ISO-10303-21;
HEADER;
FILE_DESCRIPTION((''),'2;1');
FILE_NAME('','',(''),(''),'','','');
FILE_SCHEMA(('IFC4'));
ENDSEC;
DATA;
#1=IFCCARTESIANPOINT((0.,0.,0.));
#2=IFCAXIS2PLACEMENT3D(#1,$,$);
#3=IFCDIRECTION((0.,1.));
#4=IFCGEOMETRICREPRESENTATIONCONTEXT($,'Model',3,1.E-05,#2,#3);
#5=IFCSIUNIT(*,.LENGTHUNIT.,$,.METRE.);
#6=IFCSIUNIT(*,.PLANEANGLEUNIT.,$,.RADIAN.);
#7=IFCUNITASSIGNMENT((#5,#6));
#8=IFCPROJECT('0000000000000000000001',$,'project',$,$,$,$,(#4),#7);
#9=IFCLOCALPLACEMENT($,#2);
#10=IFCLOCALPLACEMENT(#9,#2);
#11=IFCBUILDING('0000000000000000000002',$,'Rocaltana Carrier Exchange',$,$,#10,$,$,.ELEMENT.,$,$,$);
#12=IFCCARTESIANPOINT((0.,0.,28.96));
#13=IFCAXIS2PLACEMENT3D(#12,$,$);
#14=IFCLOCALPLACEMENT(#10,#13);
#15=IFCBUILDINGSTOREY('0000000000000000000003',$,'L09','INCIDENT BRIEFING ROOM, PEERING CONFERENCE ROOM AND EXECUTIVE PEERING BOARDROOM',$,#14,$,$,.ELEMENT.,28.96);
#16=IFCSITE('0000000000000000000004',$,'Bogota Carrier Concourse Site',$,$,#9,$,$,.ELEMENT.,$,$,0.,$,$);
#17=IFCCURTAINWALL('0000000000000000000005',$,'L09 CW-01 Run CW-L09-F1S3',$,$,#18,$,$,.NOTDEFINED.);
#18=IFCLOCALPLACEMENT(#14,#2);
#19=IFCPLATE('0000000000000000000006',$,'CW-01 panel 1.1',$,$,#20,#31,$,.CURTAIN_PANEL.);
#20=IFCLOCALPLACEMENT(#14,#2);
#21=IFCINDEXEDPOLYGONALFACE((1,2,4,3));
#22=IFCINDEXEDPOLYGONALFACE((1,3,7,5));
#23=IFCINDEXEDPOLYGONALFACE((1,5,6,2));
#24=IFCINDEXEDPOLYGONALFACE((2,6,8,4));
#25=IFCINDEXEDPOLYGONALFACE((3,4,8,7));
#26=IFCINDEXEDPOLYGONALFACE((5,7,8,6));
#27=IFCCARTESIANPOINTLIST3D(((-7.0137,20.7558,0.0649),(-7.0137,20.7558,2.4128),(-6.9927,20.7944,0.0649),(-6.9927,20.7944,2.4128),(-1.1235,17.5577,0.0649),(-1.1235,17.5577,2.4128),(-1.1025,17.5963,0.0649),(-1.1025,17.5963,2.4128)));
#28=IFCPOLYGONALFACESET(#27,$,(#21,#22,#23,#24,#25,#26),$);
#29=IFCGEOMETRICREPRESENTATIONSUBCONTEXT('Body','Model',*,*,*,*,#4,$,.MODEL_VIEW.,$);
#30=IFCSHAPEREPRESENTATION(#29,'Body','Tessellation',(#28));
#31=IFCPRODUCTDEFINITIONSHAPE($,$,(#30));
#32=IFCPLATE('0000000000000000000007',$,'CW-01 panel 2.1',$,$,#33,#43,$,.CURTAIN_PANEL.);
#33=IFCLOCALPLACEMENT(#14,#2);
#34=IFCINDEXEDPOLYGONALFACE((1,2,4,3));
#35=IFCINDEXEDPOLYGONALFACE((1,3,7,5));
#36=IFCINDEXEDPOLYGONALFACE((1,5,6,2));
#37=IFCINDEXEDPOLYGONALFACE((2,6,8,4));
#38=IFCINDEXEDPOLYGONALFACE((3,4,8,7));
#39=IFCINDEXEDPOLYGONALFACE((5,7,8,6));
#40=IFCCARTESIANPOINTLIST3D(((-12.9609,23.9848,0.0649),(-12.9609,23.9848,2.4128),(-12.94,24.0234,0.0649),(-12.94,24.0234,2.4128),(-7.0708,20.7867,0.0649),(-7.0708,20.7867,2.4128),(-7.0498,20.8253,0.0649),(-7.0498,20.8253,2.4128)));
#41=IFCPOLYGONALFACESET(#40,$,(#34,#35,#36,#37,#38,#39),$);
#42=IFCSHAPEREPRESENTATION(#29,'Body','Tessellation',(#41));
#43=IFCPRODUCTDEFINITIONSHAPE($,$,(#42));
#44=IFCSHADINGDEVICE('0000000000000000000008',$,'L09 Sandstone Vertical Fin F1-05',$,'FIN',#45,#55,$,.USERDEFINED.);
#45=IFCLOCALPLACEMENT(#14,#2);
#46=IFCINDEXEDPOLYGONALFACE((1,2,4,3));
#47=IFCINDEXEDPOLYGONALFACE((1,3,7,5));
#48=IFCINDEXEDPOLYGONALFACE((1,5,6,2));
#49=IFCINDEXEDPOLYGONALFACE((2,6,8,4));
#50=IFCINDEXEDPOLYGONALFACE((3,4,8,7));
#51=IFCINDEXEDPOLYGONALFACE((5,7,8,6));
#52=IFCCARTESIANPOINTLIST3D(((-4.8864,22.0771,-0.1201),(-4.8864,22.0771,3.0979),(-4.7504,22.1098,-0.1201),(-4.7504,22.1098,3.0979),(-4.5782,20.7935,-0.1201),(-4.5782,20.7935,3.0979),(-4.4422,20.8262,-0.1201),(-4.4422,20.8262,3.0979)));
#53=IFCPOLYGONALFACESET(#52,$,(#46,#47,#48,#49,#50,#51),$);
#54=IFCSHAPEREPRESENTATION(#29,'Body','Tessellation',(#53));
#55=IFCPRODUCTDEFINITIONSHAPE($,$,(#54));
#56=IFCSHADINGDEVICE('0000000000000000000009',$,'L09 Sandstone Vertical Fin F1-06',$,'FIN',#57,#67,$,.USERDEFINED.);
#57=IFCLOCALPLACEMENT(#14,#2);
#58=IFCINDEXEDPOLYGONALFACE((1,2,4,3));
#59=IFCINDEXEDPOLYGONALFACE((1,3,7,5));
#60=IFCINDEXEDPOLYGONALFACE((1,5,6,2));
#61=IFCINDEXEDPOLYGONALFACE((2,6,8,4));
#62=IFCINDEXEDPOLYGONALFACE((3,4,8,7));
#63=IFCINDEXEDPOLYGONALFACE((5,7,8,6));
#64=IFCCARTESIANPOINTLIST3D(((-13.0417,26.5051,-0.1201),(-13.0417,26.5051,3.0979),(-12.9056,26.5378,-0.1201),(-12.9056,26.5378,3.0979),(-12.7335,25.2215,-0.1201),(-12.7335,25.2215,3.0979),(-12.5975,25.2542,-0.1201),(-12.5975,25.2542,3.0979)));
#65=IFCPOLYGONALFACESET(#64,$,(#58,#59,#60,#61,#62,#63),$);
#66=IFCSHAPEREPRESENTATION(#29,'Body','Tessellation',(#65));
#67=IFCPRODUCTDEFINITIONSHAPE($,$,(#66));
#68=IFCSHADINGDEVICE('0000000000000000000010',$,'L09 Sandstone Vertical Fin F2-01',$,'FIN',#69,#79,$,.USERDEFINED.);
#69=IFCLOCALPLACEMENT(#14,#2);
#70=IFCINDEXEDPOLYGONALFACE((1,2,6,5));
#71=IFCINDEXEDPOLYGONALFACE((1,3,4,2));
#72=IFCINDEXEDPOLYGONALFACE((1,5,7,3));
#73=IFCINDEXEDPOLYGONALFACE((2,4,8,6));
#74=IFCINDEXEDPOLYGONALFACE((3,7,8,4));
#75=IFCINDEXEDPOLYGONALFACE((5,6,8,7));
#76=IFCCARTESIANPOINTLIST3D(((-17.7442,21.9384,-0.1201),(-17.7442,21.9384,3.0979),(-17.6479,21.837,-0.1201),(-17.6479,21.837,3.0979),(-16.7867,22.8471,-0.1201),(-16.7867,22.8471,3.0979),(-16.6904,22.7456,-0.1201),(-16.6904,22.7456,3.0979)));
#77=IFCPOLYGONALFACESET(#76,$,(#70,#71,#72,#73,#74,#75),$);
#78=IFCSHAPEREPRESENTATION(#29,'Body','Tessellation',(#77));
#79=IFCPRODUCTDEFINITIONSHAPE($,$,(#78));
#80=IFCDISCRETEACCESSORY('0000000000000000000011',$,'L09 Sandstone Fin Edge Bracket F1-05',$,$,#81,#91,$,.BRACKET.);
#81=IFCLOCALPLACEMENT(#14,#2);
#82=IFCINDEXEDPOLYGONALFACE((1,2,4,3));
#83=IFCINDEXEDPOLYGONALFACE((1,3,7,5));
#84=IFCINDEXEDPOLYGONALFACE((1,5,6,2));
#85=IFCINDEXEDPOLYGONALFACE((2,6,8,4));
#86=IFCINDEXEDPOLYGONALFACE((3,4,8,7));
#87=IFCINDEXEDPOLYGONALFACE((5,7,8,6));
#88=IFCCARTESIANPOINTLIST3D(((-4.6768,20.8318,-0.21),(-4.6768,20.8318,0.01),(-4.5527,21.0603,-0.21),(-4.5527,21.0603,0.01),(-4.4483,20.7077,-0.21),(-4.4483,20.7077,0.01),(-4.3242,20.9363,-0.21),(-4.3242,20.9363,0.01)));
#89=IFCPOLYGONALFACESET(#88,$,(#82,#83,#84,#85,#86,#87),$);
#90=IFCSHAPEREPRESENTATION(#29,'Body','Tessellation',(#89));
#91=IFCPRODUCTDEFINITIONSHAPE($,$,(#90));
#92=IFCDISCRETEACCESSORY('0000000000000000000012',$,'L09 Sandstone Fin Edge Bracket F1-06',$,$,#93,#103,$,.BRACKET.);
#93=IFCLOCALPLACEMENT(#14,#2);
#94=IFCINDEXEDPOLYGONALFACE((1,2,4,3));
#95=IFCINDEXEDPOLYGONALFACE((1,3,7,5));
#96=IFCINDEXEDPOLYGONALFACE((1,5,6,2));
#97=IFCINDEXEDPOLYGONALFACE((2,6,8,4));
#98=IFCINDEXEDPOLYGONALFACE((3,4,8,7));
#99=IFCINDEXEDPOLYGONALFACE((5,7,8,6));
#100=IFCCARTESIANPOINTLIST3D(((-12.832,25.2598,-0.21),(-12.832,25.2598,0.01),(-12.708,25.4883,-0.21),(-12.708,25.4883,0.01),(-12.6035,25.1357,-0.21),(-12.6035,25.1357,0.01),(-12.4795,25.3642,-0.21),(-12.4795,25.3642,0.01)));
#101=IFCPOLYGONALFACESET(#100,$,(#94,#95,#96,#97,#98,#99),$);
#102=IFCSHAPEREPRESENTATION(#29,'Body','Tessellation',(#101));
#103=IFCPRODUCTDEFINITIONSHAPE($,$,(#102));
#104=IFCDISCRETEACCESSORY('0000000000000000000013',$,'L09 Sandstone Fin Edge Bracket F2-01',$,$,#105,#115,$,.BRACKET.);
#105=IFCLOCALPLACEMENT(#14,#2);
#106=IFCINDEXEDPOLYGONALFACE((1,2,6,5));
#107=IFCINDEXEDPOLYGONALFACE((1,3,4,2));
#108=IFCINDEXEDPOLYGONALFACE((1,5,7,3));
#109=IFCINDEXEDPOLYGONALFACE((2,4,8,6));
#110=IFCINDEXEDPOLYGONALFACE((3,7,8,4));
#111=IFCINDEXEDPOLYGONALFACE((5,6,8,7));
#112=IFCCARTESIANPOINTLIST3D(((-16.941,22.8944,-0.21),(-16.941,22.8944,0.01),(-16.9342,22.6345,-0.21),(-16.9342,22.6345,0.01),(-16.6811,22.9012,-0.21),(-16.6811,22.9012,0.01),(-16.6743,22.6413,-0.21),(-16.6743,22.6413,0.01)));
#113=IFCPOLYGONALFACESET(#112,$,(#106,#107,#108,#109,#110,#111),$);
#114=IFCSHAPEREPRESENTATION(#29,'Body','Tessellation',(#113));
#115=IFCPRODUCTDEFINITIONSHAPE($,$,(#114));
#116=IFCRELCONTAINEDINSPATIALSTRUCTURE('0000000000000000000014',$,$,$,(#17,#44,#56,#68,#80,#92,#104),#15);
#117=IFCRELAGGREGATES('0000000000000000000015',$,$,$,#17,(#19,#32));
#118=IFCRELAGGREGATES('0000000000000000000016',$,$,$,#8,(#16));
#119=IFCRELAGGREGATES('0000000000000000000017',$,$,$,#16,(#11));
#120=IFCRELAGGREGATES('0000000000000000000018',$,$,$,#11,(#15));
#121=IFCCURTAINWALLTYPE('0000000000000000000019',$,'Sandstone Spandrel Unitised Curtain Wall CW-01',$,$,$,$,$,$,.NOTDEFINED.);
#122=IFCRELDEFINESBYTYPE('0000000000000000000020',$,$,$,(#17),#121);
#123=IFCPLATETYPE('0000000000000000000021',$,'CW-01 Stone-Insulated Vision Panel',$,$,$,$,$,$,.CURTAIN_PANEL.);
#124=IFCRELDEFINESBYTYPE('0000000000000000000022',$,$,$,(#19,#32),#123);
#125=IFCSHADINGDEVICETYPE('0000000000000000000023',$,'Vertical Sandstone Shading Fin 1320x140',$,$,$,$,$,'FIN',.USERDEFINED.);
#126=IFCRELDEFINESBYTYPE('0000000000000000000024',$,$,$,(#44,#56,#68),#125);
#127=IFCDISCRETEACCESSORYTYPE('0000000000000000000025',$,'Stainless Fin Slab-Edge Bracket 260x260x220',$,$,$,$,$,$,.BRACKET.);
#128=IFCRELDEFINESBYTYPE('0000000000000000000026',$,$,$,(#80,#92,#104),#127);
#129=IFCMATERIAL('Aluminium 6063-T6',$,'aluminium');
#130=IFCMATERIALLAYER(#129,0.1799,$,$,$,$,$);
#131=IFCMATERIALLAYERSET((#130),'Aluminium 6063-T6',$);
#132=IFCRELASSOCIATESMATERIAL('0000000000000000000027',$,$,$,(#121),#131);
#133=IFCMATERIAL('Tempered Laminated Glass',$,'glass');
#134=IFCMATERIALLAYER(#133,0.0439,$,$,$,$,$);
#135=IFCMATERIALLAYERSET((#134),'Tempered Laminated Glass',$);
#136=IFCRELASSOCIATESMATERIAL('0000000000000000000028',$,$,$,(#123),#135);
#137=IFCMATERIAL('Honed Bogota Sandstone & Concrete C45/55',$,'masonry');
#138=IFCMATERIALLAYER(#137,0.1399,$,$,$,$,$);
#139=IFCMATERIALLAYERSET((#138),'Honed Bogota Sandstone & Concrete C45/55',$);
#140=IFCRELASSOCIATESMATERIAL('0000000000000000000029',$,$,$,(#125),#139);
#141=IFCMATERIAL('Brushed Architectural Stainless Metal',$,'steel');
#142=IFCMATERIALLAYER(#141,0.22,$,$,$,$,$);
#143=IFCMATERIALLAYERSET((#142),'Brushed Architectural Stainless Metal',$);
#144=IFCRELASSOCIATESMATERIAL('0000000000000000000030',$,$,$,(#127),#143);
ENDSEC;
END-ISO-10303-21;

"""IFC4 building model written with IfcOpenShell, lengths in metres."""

from ifc_helpers import new_model, si_unit, direction, frame, origin, origin_2d, place, context, subcontext, project, spatial, rectangle, extrude, material, layer, layer_set, type_object, element, aggregate, save


model = new_model("IFC4")

# Units and contexts
model_context = context("Model", 3, precision=1e-05, world=origin(), true_north=direction((0.0, 1.0)))
body_context = subcontext(model_context, "Body", "Model", "MODEL_VIEW")
ifc_project = project(units=[si_unit("LENGTHUNIT", "METRE"), si_unit("PLANEANGLEUNIT", "RADIAN")], contexts=[model_context])

# Site, building, storey
site_placement = place(None, origin())
site = spatial("IfcSite", under=ifc_project, at=site_placement, Name="Bogota Carrier Concourse Site", CompositionType="ELEMENT", RefElevation=0.0)
building_placement = place(site_placement, origin())
building = spatial("IfcBuilding", under=site, at=building_placement, Name="Rocaltana Carrier Exchange", CompositionType="ELEMENT")
storey_placement = place(building_placement, frame((0.0, 0.0, 28.96)))
storey = spatial("IfcBuildingStorey", under=building, at=storey_placement, Name="L09", Description="INCIDENT BRIEFING ROOM, PEERING CONFERENCE ROOM AND EXECUTIVE PEERING BOARDROOM", CompositionType="ELEMENT", Elevation=28.96)

# Curtain wall
ifc_material_1 = material(Name="Aluminium 6063-T6", Category="aluminium")
ifc_layer_1 = layer(ifc_material_1, 0.1799)
ifc_layer_set_1 = layer_set([ifc_layer_1], Name="Aluminium 6063-T6")
curtain_wall_type = type_object("IfcCurtainWallType", Name="Sandstone Spandrel Unitised Curtain Wall CW-01", PredefinedType="NOTDEFINED", material=ifc_layer_set_1)
curtain_wall_1_placement = place(storey_placement, origin())
curtain_wall_1 = element("IfcCurtainWall", 1, at=curtain_wall_1_placement, inside=storey, type_object=curtain_wall_type, Name="L09 CW-01 Run CW-L09-F1S3", PredefinedType="NOTDEFINED")

# Plates
ifc_material_2 = material(Name="Tempered Laminated Glass", Category="glass")
ifc_layer_2 = layer(ifc_material_2, 0.0439)
ifc_layer_set_2 = layer_set([ifc_layer_2], Name="Tempered Laminated Glass")
plate_type = type_object("IfcPlateType", Name="CW-01 Stone-Insulated Vision Panel", PredefinedType="CURTAIN_PANEL", material=ifc_layer_set_2)
plate_1_placement = place(storey_placement, frame((-4.0581, 19.176, 0.0649), z_axis=(0.0, 0.0, 1.0), x_axis=(-0.878819, 0.477156, 0.0)))
plate_1 = element("IfcPlate", 2, at=plate_1_placement, type_object=plate_type, Name="CW-01 panel 1.1", PredefinedType="CURTAIN_PANEL", context=body_context, shape_type="SweptSolid", body=[
    extrude(rectangle(XDim=6.7024, YDim=0.0439, at=origin_2d()), origin(), (0.0, 0.0, 1.0), 2.3479),
])
plate_2_placement = place(storey_placement, frame((-10.0054, 22.405, 0.0649), z_axis=(0.0, 0.0, 1.0), x_axis=(-0.878819, 0.477156, 0.0)))
plate_2 = element("IfcPlate", 3, at=plate_2_placement, type_object=plate_type, Name="CW-01 panel 2.1", PredefinedType="CURTAIN_PANEL", context=body_context, shape_type="SweptSolid", body=[
    extrude(rectangle(XDim=6.7024, YDim=0.0439, at=origin_2d()), origin(), (0.0, 0.0, 1.0), 2.3479),
])
aggregate(curtain_wall_1, [plate_1, plate_2])

# Shading devices
ifc_material_3 = material(Name="Honed Bogota Sandstone & Concrete C45/55", Category="masonry")
ifc_layer_3 = layer(ifc_material_3, 0.1399)
ifc_layer_set_3 = layer_set([ifc_layer_3], Name="Honed Bogota Sandstone & Concrete C45/55")
shading_device_type = type_object("IfcShadingDeviceType", Name="Vertical Sandstone Shading Fin 1320x140", ElementType="FIN", PredefinedType="USERDEFINED", material=ifc_layer_set_3)
for number, where, z_axis, x_axis, name in (
    (4, (-4.6643, 21.4517, -0.1201), (0.0, 0.0, 1.0), (-0.233445, 0.97237, 0.0), "L09 Sandstone Vertical Fin F1-05"),
    (5, (-12.8196, 25.8796, -0.1201), (0.0, 0.0, 1.0), (-0.233445, 0.97237, 0.0), "L09 Sandstone Vertical Fin F1-06"),
    (6, (-17.2173, 22.342, -0.1201), (0.0, 0.0, 1.0), (-0.725374, -0.688355, 0.0), "L09 Sandstone Vertical Fin F2-01"),
):
    element("IfcShadingDevice", number, at=place(storey_placement, frame(where, z_axis=z_axis, x_axis=x_axis)), inside=storey, type_object=shading_device_type, Name=name, ObjectType="FIN", PredefinedType="USERDEFINED", context=body_context, shape_type="SweptSolid", body=[
        extrude(rectangle(XDim=1.3201, YDim=0.1399, at=origin_2d()), origin(), (0.0, 0.0, 1.0), 3.218),
    ])

# Discrete accessories
ifc_material_4 = material(Name="Brushed Architectural Stainless Metal", Category="steel")
ifc_layer_4 = layer(ifc_material_4, 0.22)
ifc_layer_set_4 = layer_set([ifc_layer_4], Name="Brushed Architectural Stainless Metal")
discrete_accessory_type = type_object("IfcDiscreteAccessoryType", Name="Stainless Fin Slab-Edge Bracket 260x260x220", PredefinedType="BRACKET", material=ifc_layer_set_4)
for number, where, z_axis, x_axis, name in (
    (7, (-4.5005, 20.884, -0.21), (0.0, 0.0, 1.0), (-0.878817, 0.477159, 0.0), "L09 Sandstone Fin Edge Bracket F1-05"),
    (8, (-12.6558, 25.312, -0.21), (0.0, 0.0, 1.0), (-0.878817, 0.477159, 0.0), "L09 Sandstone Fin Edge Bracket F1-06"),
    (9, (-16.8076, 22.7678, -0.21), (0.0, 0.0, 1.0), (0.026177, -0.999657, 0.0), "L09 Sandstone Fin Edge Bracket F2-01"),
):
    element("IfcDiscreteAccessory", number, at=place(storey_placement, frame(where, z_axis=z_axis, x_axis=x_axis)), inside=storey, type_object=discrete_accessory_type, Name=name, PredefinedType="BRACKET", context=body_context, shape_type="SweptSolid", body=[
        extrude(rectangle(XDim=0.26, YDim=0.26, at=origin_2d()), origin(), (0.0, 0.0, 1.0), 0.22),
    ])

save(model, "model.ifc")
